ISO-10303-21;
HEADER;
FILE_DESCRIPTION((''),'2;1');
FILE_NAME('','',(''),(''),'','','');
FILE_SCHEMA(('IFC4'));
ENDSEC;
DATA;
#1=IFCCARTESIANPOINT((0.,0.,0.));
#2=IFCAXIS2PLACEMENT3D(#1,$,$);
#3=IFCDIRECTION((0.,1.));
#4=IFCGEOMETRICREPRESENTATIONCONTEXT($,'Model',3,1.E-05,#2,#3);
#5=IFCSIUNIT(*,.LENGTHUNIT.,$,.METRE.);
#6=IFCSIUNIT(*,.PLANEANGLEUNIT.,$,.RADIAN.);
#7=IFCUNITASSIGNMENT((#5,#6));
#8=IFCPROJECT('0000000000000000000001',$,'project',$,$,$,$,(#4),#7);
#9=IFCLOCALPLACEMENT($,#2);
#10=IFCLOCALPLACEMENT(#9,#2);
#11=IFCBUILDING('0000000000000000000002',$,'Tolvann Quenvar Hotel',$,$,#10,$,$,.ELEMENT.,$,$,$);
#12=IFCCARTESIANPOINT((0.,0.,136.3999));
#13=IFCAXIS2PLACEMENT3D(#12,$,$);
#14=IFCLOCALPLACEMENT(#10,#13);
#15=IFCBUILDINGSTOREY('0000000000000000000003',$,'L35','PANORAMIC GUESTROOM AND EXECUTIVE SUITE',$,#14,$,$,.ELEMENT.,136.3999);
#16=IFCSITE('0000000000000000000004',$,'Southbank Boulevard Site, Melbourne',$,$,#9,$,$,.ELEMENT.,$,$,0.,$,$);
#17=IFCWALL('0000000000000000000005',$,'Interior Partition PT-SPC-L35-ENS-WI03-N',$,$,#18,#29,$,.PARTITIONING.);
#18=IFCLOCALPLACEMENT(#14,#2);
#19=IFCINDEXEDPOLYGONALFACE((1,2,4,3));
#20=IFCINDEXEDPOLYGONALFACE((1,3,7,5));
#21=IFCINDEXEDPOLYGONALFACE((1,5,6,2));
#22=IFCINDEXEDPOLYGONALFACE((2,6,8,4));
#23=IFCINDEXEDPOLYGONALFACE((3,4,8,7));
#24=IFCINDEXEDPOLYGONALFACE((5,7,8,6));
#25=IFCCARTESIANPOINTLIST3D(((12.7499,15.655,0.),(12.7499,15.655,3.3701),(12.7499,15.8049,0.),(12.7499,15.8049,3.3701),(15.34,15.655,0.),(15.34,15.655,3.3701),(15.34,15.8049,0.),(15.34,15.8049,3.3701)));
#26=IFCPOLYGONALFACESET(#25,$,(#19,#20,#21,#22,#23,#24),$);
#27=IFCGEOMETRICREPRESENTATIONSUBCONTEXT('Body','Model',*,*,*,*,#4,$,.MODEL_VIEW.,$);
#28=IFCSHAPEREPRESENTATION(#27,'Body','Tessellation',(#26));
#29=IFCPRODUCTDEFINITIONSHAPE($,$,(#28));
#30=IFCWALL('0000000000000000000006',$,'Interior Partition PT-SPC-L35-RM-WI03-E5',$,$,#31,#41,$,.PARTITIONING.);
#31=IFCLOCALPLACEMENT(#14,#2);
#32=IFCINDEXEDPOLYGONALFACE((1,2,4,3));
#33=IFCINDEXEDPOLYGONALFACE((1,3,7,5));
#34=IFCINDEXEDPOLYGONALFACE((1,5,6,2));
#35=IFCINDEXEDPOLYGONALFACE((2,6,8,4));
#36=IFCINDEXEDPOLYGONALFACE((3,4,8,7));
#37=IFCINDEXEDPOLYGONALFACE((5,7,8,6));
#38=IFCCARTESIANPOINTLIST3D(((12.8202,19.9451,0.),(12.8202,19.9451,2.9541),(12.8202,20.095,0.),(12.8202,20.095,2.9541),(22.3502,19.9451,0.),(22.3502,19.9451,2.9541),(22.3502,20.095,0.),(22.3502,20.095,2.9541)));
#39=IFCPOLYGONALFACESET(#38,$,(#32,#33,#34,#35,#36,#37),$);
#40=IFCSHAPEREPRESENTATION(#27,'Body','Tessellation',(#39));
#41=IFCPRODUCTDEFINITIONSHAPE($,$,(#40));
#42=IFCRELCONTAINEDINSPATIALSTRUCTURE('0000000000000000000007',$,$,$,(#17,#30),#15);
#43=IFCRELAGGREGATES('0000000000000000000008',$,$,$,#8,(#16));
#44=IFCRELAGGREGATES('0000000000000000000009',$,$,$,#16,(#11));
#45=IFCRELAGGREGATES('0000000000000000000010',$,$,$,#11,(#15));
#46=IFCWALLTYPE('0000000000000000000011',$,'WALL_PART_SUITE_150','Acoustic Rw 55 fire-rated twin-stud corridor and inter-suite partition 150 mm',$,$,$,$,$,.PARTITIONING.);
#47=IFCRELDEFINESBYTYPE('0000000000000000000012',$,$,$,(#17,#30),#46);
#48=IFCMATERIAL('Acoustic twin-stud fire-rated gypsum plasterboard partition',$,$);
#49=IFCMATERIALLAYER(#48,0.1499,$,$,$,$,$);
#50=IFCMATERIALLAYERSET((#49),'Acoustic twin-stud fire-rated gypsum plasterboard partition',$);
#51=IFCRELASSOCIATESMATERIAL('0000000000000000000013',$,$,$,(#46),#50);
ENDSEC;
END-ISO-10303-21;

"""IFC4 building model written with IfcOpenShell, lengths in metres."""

from ifc_helpers import new_model, si_unit, direction, frame, frame_2d, origin, place, context, subcontext, project, spatial, rectangle, extrude, material, layer, layer_set, type_object, element, save


model = new_model("IFC4")

# Units and contexts
model_context = context("Model", 3, precision=1e-05, world=origin(), true_north=direction((0.0, 1.0)))
body_context = subcontext(model_context, "Body", "Model", "MODEL_VIEW")
ifc_project = project(units=[si_unit("LENGTHUNIT", "METRE"), si_unit("PLANEANGLEUNIT", "RADIAN")], contexts=[model_context])

# Site, building, storey
site_placement = place(None, origin())
site = spatial("IfcSite", under=ifc_project, at=site_placement, Name="Southbank Boulevard Site, Melbourne", CompositionType="ELEMENT", RefElevation=0.0)
building_placement = place(site_placement, origin())
building = spatial("IfcBuilding", under=site, at=building_placement, Name="Tolvann Quenvar Hotel", CompositionType="ELEMENT")
storey_placement = place(building_placement, frame((0.0, 0.0, 136.3999)))
storey = spatial("IfcBuildingStorey", under=building, at=storey_placement, Name="L35", Description="PANORAMIC GUESTROOM AND EXECUTIVE SUITE", CompositionType="ELEMENT", Elevation=136.3999)

# Shared definitions
ifc_material_1 = material(Name="Acoustic twin-stud fire-rated gypsum plasterboard partition")

# Wall
ifc_layer_1 = layer(ifc_material_1, 0.1499)
ifc_layer_set_1 = layer_set([ifc_layer_1], Name="Acoustic twin-stud fire-rated gypsum plasterboard partition")
wall_type_1 = type_object("IfcWallType", Name="WALL_PART_SUITE_150", Description="Acoustic Rw 55 fire-rated twin-stud corridor and inter-suite partition 150 mm", PredefinedType="PARTITIONING", material=ifc_layer_set_1)
wall_1_placement = place(storey_placement, frame((12.75, 15.73, 0.0), z_axis=(0.0, 0.0, 1.0), x_axis=(1.0, 0.0, 0.0)))
element("IfcWall", 1, at=wall_1_placement, inside=storey, type_object=wall_type_1, Name="Interior Partition PT-SPC-L35-ENS-WI03-N", PredefinedType="PARTITIONING", context=body_context, shape_type="SweptSolid", body=[
    extrude(rectangle(XDim=2.5901, YDim=0.1499, at=frame_2d((1.2949, 0.0))), origin(), (0.0, 0.0, 1.0), 3.3701),
])

# Wall
wall_2_placement = place(storey_placement, frame((12.8201, 20.02, 0.0), z_axis=(0.0, 0.0, 1.0), x_axis=(1.0, 0.0, 0.0)))
element("IfcWall", 2, at=wall_2_placement, inside=storey, type_object=wall_type_1, Name="Interior Partition PT-SPC-L35-RM-WI03-E5", PredefinedType="PARTITIONING", context=body_context, shape_type="SweptSolid", body=[
    extrude(rectangle(XDim=9.53, YDim=0.1499, at=frame_2d((4.7651, 0.0))), origin(), (0.0, 0.0, 1.0), 2.9541),
])

save(model, "model.ifc")
